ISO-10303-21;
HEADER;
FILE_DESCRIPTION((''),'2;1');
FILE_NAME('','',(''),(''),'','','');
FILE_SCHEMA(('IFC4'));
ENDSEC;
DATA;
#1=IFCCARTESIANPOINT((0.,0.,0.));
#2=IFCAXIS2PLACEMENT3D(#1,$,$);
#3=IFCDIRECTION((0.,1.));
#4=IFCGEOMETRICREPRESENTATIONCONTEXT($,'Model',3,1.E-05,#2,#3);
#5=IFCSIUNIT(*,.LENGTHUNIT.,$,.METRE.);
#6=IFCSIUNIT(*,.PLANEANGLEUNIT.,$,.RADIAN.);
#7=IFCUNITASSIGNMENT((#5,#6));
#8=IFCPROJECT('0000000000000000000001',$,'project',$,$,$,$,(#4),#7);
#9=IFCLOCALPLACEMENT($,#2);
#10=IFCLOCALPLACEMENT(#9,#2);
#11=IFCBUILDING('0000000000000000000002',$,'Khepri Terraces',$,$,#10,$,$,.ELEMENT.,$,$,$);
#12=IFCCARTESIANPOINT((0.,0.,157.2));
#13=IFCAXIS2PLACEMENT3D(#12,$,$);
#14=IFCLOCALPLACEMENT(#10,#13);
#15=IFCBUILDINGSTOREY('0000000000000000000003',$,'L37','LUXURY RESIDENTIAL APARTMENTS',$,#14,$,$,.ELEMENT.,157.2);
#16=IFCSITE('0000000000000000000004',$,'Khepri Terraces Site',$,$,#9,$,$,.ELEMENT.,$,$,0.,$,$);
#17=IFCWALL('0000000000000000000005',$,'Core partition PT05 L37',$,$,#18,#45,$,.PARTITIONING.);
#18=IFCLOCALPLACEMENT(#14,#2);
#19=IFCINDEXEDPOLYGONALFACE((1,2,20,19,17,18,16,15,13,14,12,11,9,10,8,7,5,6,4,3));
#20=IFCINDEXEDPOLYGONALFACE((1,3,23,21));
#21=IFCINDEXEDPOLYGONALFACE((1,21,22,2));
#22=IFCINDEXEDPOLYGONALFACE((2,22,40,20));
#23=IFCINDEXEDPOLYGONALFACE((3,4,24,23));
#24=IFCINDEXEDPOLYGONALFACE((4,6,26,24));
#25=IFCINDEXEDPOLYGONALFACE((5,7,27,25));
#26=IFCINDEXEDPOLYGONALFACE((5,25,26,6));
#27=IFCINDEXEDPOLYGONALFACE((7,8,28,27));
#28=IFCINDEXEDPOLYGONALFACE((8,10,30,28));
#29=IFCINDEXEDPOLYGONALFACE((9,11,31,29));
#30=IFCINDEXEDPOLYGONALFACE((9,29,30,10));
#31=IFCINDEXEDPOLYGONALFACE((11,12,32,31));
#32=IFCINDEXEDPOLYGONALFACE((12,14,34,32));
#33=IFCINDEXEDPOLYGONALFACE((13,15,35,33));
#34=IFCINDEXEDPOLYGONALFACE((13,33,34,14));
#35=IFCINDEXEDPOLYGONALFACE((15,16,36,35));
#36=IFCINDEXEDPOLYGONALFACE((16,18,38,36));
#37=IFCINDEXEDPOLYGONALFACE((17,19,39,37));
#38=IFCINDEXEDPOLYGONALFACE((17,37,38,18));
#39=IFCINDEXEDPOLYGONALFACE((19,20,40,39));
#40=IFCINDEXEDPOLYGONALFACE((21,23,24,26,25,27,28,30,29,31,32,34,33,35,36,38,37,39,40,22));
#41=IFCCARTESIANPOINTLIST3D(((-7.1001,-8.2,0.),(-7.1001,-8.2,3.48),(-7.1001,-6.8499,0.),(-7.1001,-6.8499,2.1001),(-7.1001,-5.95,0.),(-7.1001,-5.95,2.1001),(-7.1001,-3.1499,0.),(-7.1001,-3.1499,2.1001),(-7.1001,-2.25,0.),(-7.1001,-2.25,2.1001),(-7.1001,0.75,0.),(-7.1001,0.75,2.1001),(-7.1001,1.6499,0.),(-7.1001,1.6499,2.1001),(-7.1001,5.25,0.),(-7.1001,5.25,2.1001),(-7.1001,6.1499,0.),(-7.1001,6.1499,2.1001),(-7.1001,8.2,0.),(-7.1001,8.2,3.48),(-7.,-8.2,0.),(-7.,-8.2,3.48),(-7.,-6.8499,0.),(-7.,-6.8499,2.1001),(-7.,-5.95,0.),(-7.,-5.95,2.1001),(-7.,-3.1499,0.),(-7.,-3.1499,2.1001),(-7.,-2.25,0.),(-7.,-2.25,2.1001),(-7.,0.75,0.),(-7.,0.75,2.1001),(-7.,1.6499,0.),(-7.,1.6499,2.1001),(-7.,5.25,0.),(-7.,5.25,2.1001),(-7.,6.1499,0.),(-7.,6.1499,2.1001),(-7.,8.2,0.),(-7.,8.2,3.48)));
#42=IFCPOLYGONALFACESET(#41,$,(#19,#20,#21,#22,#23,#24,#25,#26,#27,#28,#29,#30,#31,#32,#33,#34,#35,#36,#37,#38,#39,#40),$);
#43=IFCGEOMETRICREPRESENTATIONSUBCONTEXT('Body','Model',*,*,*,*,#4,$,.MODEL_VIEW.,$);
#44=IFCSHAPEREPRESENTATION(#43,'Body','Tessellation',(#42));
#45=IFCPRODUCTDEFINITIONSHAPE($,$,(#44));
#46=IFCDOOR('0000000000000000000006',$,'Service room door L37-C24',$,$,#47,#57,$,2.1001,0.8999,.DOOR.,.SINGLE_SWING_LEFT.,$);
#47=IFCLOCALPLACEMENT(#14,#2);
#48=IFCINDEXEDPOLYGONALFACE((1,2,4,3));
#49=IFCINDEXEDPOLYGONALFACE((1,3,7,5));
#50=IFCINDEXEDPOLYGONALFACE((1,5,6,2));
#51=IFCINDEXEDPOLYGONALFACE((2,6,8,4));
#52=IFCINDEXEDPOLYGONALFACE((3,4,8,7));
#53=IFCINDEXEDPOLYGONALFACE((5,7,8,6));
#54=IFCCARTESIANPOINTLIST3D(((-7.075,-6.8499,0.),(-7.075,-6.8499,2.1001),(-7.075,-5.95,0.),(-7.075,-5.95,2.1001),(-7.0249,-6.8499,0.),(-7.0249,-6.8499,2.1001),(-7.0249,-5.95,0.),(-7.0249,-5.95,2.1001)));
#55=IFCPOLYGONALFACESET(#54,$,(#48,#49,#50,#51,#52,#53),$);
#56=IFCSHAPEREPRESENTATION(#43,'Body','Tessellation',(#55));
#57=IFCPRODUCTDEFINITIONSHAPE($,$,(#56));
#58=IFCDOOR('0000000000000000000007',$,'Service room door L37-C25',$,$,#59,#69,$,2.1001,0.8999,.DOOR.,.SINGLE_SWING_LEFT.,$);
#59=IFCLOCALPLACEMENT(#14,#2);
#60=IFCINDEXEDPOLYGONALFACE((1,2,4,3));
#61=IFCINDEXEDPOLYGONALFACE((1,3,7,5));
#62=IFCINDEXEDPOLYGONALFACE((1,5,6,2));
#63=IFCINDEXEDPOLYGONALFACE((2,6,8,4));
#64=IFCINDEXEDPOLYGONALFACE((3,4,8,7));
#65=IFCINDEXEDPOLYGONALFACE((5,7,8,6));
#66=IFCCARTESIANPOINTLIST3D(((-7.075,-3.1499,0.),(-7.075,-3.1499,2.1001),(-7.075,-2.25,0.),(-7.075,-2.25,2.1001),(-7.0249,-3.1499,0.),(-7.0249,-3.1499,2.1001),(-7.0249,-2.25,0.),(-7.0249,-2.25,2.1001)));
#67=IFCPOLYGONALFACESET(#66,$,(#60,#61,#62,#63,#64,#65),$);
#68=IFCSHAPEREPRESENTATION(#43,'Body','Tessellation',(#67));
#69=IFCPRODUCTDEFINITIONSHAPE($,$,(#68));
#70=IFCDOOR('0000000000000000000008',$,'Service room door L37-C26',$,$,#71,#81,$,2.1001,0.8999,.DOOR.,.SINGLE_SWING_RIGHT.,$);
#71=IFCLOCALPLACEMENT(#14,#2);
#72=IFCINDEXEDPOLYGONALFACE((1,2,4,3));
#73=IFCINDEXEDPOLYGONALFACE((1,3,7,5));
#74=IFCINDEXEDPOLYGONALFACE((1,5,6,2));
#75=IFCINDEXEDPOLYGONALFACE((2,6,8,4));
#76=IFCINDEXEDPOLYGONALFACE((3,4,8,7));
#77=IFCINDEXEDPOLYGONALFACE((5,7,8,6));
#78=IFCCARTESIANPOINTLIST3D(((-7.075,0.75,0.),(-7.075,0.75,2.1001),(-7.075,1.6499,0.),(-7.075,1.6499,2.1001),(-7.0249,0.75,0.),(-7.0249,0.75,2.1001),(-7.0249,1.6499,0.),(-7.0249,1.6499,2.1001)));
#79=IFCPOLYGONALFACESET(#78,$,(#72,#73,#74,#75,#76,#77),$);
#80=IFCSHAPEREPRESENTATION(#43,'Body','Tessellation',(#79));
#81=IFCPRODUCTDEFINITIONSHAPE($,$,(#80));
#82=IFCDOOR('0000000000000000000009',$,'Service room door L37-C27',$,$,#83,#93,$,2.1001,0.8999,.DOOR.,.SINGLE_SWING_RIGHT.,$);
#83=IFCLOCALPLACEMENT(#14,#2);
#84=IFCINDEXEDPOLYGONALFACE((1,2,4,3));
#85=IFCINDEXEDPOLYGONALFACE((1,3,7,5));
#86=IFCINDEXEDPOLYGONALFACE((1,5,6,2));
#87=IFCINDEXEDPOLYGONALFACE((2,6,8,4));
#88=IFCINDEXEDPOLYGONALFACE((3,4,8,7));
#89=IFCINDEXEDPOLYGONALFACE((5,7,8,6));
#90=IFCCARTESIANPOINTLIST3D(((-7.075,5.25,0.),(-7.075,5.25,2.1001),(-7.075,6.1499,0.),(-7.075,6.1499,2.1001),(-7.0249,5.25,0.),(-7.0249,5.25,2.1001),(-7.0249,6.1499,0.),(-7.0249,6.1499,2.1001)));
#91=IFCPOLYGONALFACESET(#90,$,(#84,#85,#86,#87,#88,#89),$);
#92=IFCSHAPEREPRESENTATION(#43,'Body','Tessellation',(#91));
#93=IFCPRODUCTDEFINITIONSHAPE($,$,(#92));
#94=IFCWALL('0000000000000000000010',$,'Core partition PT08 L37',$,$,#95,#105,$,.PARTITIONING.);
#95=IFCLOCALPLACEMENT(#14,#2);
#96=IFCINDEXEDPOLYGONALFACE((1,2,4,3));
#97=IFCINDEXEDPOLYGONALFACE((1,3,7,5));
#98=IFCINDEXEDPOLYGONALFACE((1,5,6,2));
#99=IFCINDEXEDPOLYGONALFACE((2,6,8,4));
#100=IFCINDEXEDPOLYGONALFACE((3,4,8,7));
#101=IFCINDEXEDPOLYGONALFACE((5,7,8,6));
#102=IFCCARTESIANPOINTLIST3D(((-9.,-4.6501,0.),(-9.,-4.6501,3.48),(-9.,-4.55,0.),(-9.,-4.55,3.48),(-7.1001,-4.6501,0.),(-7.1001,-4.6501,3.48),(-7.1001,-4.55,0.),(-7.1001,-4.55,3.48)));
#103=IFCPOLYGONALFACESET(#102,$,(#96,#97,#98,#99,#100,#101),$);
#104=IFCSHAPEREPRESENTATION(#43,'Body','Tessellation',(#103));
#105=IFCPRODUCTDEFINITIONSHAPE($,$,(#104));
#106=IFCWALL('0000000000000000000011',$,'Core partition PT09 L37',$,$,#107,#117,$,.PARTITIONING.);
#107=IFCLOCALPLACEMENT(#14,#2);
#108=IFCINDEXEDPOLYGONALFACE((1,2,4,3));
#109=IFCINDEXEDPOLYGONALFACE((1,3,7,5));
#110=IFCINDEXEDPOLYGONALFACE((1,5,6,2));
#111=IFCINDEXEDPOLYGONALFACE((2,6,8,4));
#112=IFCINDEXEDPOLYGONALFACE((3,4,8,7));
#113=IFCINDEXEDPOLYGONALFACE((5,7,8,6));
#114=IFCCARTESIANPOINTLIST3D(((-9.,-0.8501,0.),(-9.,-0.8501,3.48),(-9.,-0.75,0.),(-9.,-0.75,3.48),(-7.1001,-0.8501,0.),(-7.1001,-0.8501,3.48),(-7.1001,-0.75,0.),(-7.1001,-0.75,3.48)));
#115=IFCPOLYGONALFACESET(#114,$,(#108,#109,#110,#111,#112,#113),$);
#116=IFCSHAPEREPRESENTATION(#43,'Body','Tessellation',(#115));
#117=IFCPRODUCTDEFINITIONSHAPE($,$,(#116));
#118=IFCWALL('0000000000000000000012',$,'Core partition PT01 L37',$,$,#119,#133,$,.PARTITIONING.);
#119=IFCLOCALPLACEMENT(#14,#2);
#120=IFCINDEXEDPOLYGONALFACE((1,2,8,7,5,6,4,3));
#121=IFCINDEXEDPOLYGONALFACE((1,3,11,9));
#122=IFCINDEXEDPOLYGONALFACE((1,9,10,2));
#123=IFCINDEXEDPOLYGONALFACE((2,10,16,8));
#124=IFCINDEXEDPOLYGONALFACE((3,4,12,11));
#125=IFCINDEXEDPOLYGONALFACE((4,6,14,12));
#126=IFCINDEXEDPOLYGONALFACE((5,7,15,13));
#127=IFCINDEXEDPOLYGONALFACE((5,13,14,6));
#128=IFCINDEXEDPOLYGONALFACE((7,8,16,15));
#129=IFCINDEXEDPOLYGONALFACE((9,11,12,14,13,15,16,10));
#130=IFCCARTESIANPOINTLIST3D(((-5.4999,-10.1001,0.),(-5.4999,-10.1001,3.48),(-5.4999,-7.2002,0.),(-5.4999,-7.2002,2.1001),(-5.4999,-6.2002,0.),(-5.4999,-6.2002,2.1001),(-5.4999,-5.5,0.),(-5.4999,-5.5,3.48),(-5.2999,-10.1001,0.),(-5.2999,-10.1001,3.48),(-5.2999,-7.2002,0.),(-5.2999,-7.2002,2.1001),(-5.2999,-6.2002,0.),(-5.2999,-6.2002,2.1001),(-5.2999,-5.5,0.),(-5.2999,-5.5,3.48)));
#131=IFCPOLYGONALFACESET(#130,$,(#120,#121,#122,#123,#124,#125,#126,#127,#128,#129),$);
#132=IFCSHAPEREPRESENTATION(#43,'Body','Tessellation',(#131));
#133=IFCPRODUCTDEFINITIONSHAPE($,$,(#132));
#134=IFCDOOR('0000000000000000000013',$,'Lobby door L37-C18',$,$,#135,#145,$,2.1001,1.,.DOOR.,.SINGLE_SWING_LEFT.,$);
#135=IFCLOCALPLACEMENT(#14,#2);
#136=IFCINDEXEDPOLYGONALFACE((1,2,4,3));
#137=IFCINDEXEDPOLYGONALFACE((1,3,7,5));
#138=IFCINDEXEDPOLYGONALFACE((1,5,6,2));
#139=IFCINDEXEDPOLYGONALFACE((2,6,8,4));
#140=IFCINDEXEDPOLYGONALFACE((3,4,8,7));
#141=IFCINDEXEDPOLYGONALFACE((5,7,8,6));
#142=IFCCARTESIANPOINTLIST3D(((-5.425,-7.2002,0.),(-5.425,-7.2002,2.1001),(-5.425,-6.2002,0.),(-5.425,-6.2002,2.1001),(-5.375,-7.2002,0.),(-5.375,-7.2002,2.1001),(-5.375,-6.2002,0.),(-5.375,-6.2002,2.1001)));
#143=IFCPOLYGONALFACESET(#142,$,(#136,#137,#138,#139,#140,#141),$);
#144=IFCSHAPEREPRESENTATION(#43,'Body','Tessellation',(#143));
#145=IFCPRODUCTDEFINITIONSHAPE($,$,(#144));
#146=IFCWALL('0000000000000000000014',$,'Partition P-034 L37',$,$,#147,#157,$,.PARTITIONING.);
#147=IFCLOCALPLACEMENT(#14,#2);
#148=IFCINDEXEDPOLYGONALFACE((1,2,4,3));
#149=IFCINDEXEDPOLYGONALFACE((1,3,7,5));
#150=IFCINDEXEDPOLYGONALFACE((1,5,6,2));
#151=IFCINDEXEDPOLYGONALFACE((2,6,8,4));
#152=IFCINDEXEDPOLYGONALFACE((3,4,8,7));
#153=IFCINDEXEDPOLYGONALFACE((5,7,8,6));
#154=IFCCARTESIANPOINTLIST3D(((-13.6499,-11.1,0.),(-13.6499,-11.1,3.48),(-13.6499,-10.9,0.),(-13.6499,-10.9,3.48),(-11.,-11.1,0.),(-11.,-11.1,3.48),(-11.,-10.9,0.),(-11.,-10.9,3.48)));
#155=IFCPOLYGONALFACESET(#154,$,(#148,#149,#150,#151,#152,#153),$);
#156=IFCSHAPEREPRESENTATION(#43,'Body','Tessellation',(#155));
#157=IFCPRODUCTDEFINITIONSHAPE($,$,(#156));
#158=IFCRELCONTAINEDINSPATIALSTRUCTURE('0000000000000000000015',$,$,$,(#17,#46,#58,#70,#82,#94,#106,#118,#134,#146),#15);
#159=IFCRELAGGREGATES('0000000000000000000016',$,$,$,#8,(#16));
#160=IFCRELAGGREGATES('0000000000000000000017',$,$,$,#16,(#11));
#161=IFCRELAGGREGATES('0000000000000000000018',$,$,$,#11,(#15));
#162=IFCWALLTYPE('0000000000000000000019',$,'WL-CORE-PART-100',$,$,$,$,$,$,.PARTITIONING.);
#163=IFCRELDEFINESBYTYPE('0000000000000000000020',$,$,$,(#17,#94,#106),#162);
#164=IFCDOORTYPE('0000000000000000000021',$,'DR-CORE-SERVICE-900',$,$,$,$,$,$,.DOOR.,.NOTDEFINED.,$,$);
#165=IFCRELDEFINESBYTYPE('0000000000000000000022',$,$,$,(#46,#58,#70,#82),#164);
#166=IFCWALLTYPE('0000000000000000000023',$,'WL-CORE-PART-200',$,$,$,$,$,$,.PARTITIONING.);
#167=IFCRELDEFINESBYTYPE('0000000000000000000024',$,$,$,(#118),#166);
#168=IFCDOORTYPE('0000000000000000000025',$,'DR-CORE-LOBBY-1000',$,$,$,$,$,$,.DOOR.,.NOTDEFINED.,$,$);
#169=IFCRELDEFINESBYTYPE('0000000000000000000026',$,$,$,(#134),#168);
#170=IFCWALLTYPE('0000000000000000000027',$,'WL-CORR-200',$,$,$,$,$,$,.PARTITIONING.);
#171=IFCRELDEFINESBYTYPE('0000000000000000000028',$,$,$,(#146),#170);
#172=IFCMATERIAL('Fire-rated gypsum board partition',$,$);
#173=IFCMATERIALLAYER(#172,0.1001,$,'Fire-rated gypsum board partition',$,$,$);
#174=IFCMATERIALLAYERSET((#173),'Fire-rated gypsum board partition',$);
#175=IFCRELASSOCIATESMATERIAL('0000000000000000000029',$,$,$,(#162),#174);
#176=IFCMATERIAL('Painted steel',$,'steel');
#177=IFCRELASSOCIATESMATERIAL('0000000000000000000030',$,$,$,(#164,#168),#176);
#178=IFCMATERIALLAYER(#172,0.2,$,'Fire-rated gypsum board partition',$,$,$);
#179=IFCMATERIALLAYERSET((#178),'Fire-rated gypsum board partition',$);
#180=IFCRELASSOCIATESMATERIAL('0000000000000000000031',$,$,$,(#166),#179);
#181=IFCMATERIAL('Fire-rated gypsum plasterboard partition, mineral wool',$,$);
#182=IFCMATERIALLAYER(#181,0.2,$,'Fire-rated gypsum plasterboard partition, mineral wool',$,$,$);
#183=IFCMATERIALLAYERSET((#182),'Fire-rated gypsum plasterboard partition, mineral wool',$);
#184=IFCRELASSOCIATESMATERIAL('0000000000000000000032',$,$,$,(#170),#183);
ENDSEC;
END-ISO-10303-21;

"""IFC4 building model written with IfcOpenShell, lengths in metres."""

from ifc_helpers import new_model, si_unit, direction, frame, frame_2d, origin, place, context, subcontext, project, spatial, rectangle, extrude, material, layer, layer_set, type_object, element, fill, save


model = new_model("IFC4")

# Units and contexts
model_context = context("Model", 3, precision=1e-05, world=origin(), true_north=direction((0.0, 1.0)))
body_context = subcontext(model_context, "Body", "Model", "MODEL_VIEW")
ifc_project = project(units=[si_unit("LENGTHUNIT", "METRE"), si_unit("PLANEANGLEUNIT", "RADIAN")], contexts=[model_context])

# Site, building, storey
site_placement = place(None, origin())
site = spatial("IfcSite", under=ifc_project, at=site_placement, Name="Khepri Terraces Site", CompositionType="ELEMENT", RefElevation=0.0)
building_placement = place(site_placement, origin())
building = spatial("IfcBuilding", under=site, at=building_placement, Name="Khepri Terraces", CompositionType="ELEMENT")
storey_placement = place(building_placement, frame((0.0, 0.0, 157.2)))
storey = spatial("IfcBuildingStorey", under=building, at=storey_placement, Name="L37", Description="LUXURY RESIDENTIAL APARTMENTS", CompositionType="ELEMENT", Elevation=157.2)

# Shared definitions
ifc_material_1 = material(Name="Painted steel", Category="steel")

# Wall, openings, doors
ifc_material_2 = material(Name="Fire-rated gypsum board partition")
ifc_layer_1 = layer(ifc_material_2, 0.1001, Name="Fire-rated gypsum board partition")
ifc_layer_set_1 = layer_set([ifc_layer_1], Name="Fire-rated gypsum board partition")
wall_type_1 = type_object("IfcWallType", Name="WL-CORE-PART-100", PredefinedType="PARTITIONING", material=ifc_layer_set_1)
wall_1_placement = place(storey_placement, frame((-7.05, -8.2, 0.0), z_axis=(0.0, 0.0, 1.0), x_axis=(0.0, 1.0, 0.0)))
wall_1 = element("IfcWall", 1, at=wall_1_placement, inside=storey, type_object=wall_type_1, Name="Core partition PT05 L37", PredefinedType="PARTITIONING", context=body_context, shape_type="SweptSolid", body=[
    extrude(rectangle(XDim=16.3999, YDim=0.1001, at=frame_2d((8.2, 0.0))), origin(), (0.0, 0.0, 1.0), 3.48),
])
opening_1_placement = place(wall_1_placement, frame((1.3501, 0.0, 0.0)))
opening_1 = element("IfcOpeningElement", 2, at=opening_1_placement, cuts=wall_1, PredefinedType="OPENING", context=body_context, shape_type="SweptSolid", body=[
    extrude(rectangle(XDim=0.8999, YDim=2.1001, at=frame_2d((0.45, 1.05))), frame((0.0, 0.0601, 0.0), z_axis=(0.0, -1.0, 0.0), x_axis=(1.0, 0.0, 0.0)), (0.0, 0.0, 1.0), 0.1201),
])
opening_2_placement = place(wall_1_placement, frame((5.05, 0.0, 0.0)))
opening_2 = element("IfcOpeningElement", 3, at=opening_2_placement, cuts=wall_1, PredefinedType="OPENING", context=body_context, shape_type="SweptSolid", body=[
    extrude(rectangle(XDim=0.8999, YDim=2.1001, at=frame_2d((0.45, 1.05))), frame((0.0, 0.0601, 0.0), z_axis=(0.0, -1.0, 0.0), x_axis=(1.0, 0.0, 0.0)), (0.0, 0.0, 1.0), 0.1201),
])
opening_3_placement = place(wall_1_placement, frame((8.95, 0.0, 0.0)))
opening_3 = element("IfcOpeningElement", 4, at=opening_3_placement, cuts=wall_1, PredefinedType="OPENING", context=body_context, shape_type="SweptSolid", body=[
    extrude(rectangle(XDim=0.8999, YDim=2.1001, at=frame_2d((0.45, 1.05))), frame((0.0, 0.0601, 0.0), z_axis=(0.0, -1.0, 0.0), x_axis=(1.0, 0.0, 0.0)), (0.0, 0.0, 1.0), 0.1201),
])
opening_4_placement = place(wall_1_placement, frame((13.45, 0.0, 0.0)))
opening_4 = element("IfcOpeningElement", 5, at=opening_4_placement, cuts=wall_1, PredefinedType="OPENING", context=body_context, shape_type="SweptSolid", body=[
    extrude(rectangle(XDim=0.8999, YDim=2.1001, at=frame_2d((0.45, 1.05))), frame((0.0, 0.0601, 0.0), z_axis=(0.0, -1.0, 0.0), x_axis=(1.0, 0.0, 0.0)), (0.0, 0.0, 1.0), 0.1201),
])
door_type_1 = type_object("IfcDoorType", Name="DR-CORE-SERVICE-900", OperationType="NOTDEFINED", PredefinedType="DOOR", material=ifc_material_1)
door_1_placement = place(opening_1_placement, origin())
door_1 = element("IfcDoor", 6, at=door_1_placement, inside=storey, type_object=door_type_1, Name="Service room door L37-C24", OperationType="SINGLE_SWING_LEFT", OverallHeight=2.1001, OverallWidth=0.8999, PredefinedType="DOOR", context=body_context, shape_type="SweptSolid", body=[
    extrude(rectangle(XDim=0.8999, YDim=2.1001, at=frame_2d((0.45, 1.05))), frame((0.0, 0.0249, 0.0), z_axis=(0.0, -1.0, 0.0), x_axis=(1.0, 0.0, 0.0)), (0.0, 0.0, 1.0), 0.05),
])
fill(opening_1, door_1)
door_2_placement = place(opening_2_placement, origin())
door_2 = element("IfcDoor", 7, at=door_2_placement, inside=storey, type_object=door_type_1, Name="Service room door L37-C25", OperationType="SINGLE_SWING_LEFT", OverallHeight=2.1001, OverallWidth=0.8999, PredefinedType="DOOR", context=body_context, shape_type="SweptSolid", body=[
    extrude(rectangle(XDim=0.8999, YDim=2.1001, at=frame_2d((0.45, 1.05))), frame((0.0, 0.0249, 0.0), z_axis=(0.0, -1.0, 0.0), x_axis=(1.0, 0.0, 0.0)), (0.0, 0.0, 1.0), 0.05),
])
fill(opening_2, door_2)
door_3_placement = place(opening_3_placement, origin())
door_3 = element("IfcDoor", 8, at=door_3_placement, inside=storey, type_object=door_type_1, Name="Service room door L37-C26", OperationType="SINGLE_SWING_RIGHT", OverallHeight=2.1001, OverallWidth=0.8999, PredefinedType="DOOR", context=body_context, shape_type="SweptSolid", body=[
    extrude(rectangle(XDim=0.8999, YDim=2.1001, at=frame_2d((0.45, 1.05))), frame((0.0, 0.0249, 0.0), z_axis=(0.0, -1.0, 0.0), x_axis=(1.0, 0.0, 0.0)), (0.0, 0.0, 1.0), 0.05),
])
fill(opening_3, door_3)
door_4_placement = place(opening_4_placement, origin())
door_4 = element("IfcDoor", 9, at=door_4_placement, inside=storey, type_object=door_type_1, Name="Service room door L37-C27", OperationType="SINGLE_SWING_RIGHT", OverallHeight=2.1001, OverallWidth=0.8999, PredefinedType="DOOR", context=body_context, shape_type="SweptSolid", body=[
    extrude(rectangle(XDim=0.8999, YDim=2.1001, at=frame_2d((0.45, 1.05))), frame((0.0, 0.0249, 0.0), z_axis=(0.0, -1.0, 0.0), x_axis=(1.0, 0.0, 0.0)), (0.0, 0.0, 1.0), 0.05),
])
fill(opening_4, door_4)

# Walls
for number, where, z_axis, x_axis, name in (
    (10, (-9.0, -4.6001, 0.0), (0.0, 0.0, 1.0), (1.0, 0.0, 0.0), "Core partition PT08 L37"),
    (11, (-9.0, -0.8, 0.0), (0.0, 0.0, 1.0), (1.0, 0.0, 0.0), "Core partition PT09 L37"),
):
    element("IfcWall", number, at=place(storey_placement, frame(where, z_axis=z_axis, x_axis=x_axis)), inside=storey, type_object=wall_type_1, Name=name, PredefinedType="PARTITIONING", context=body_context, shape_type="SweptSolid", body=[
        extrude(rectangle(XDim=1.8999, YDim=0.1001, at=frame_2d((0.95, 0.0))), origin(), (0.0, 0.0, 1.0), 3.48),
    ])

# Wall, opening, door
ifc_layer_2 = layer(ifc_material_2, 0.2, Name="Fire-rated gypsum board partition")
ifc_layer_set_2 = layer_set([ifc_layer_2], Name="Fire-rated gypsum board partition")
wall_type_2 = type_object("IfcWallType", Name="WL-CORE-PART-200", PredefinedType="PARTITIONING", material=ifc_layer_set_2)
wall_2_placement = place(storey_placement, frame((-5.3999, -10.1001, 0.0), z_axis=(0.0, 0.0, 1.0), x_axis=(0.0, 1.0, 0.0)))
wall_2 = element("IfcWall", 12, at=wall_2_placement, inside=storey, type_object=wall_type_2, Name="Core partition PT01 L37", PredefinedType="PARTITIONING", context=body_context, shape_type="SweptSolid", body=[
    extrude(rectangle(XDim=4.6001, YDim=0.2, at=frame_2d((2.3, 0.0))), origin(), (0.0, 0.0, 1.0), 3.48),
])
opening_5_placement = place(wall_2_placement, frame((2.8999, 0.0, 0.0)))
opening_5 = element("IfcOpeningElement", 13, at=opening_5_placement, cuts=wall_2, PredefinedType="OPENING", context=body_context, shape_type="SweptSolid", body=[
    extrude(rectangle(XDim=1.0, YDim=2.1001, at=frame_2d((0.5, 1.05))), frame((0.0, 0.1099, 0.0), z_axis=(0.0, -1.0, 0.0), x_axis=(1.0, 0.0, 0.0)), (0.0, 0.0, 1.0), 0.22),
])
door_type_2 = type_object("IfcDoorType", Name="DR-CORE-LOBBY-1000", OperationType="NOTDEFINED", PredefinedType="DOOR", material=ifc_material_1)
door_5_placement = place(opening_5_placement, frame((1.0, 0.0, 0.0), z_axis=(0.0, 0.0, 1.0), x_axis=(-1.0, 0.0, 0.0)))
door_5 = element("IfcDoor", 14, at=door_5_placement, inside=storey, type_object=door_type_2, Name="Lobby door L37-C18", OperationType="SINGLE_SWING_LEFT", OverallHeight=2.1001, OverallWidth=1.0, PredefinedType="DOOR", context=body_context, shape_type="SweptSolid", body=[
    extrude(rectangle(XDim=1.0, YDim=2.1001, at=frame_2d((0.5, 1.05))), frame((0.0, 0.0249, 0.0), z_axis=(0.0, -1.0, 0.0), x_axis=(1.0, 0.0, 0.0)), (0.0, 0.0, 1.0), 0.05),
])
fill(opening_5, door_5)

# Wall
ifc_material_3 = material(Name="Fire-rated gypsum plasterboard partition, mineral wool")
ifc_layer_3 = layer(ifc_material_3, 0.2, Name="Fire-rated gypsum plasterboard partition, mineral wool")
ifc_layer_set_3 = layer_set([ifc_layer_3], Name="Fire-rated gypsum plasterboard partition, mineral wool")
wall_type_3 = type_object("IfcWallType", Name="WL-CORR-200", PredefinedType="PARTITIONING", material=ifc_layer_set_3)
wall_3_placement = place(storey_placement, frame((-13.6499, -11.0, 0.0), z_axis=(0.0, 0.0, 1.0), x_axis=(1.0, 0.0, 0.0)))
element("IfcWall", 15, at=wall_3_placement, inside=storey, type_object=wall_type_3, Name="Partition P-034 L37", PredefinedType="PARTITIONING", context=body_context, shape_type="SweptSolid", body=[
    extrude(rectangle(XDim=2.6499, YDim=0.2, at=frame_2d((1.325, 0.0))), origin(), (0.0, 0.0, 1.0), 3.48),
])

save(model, "model.ifc")
